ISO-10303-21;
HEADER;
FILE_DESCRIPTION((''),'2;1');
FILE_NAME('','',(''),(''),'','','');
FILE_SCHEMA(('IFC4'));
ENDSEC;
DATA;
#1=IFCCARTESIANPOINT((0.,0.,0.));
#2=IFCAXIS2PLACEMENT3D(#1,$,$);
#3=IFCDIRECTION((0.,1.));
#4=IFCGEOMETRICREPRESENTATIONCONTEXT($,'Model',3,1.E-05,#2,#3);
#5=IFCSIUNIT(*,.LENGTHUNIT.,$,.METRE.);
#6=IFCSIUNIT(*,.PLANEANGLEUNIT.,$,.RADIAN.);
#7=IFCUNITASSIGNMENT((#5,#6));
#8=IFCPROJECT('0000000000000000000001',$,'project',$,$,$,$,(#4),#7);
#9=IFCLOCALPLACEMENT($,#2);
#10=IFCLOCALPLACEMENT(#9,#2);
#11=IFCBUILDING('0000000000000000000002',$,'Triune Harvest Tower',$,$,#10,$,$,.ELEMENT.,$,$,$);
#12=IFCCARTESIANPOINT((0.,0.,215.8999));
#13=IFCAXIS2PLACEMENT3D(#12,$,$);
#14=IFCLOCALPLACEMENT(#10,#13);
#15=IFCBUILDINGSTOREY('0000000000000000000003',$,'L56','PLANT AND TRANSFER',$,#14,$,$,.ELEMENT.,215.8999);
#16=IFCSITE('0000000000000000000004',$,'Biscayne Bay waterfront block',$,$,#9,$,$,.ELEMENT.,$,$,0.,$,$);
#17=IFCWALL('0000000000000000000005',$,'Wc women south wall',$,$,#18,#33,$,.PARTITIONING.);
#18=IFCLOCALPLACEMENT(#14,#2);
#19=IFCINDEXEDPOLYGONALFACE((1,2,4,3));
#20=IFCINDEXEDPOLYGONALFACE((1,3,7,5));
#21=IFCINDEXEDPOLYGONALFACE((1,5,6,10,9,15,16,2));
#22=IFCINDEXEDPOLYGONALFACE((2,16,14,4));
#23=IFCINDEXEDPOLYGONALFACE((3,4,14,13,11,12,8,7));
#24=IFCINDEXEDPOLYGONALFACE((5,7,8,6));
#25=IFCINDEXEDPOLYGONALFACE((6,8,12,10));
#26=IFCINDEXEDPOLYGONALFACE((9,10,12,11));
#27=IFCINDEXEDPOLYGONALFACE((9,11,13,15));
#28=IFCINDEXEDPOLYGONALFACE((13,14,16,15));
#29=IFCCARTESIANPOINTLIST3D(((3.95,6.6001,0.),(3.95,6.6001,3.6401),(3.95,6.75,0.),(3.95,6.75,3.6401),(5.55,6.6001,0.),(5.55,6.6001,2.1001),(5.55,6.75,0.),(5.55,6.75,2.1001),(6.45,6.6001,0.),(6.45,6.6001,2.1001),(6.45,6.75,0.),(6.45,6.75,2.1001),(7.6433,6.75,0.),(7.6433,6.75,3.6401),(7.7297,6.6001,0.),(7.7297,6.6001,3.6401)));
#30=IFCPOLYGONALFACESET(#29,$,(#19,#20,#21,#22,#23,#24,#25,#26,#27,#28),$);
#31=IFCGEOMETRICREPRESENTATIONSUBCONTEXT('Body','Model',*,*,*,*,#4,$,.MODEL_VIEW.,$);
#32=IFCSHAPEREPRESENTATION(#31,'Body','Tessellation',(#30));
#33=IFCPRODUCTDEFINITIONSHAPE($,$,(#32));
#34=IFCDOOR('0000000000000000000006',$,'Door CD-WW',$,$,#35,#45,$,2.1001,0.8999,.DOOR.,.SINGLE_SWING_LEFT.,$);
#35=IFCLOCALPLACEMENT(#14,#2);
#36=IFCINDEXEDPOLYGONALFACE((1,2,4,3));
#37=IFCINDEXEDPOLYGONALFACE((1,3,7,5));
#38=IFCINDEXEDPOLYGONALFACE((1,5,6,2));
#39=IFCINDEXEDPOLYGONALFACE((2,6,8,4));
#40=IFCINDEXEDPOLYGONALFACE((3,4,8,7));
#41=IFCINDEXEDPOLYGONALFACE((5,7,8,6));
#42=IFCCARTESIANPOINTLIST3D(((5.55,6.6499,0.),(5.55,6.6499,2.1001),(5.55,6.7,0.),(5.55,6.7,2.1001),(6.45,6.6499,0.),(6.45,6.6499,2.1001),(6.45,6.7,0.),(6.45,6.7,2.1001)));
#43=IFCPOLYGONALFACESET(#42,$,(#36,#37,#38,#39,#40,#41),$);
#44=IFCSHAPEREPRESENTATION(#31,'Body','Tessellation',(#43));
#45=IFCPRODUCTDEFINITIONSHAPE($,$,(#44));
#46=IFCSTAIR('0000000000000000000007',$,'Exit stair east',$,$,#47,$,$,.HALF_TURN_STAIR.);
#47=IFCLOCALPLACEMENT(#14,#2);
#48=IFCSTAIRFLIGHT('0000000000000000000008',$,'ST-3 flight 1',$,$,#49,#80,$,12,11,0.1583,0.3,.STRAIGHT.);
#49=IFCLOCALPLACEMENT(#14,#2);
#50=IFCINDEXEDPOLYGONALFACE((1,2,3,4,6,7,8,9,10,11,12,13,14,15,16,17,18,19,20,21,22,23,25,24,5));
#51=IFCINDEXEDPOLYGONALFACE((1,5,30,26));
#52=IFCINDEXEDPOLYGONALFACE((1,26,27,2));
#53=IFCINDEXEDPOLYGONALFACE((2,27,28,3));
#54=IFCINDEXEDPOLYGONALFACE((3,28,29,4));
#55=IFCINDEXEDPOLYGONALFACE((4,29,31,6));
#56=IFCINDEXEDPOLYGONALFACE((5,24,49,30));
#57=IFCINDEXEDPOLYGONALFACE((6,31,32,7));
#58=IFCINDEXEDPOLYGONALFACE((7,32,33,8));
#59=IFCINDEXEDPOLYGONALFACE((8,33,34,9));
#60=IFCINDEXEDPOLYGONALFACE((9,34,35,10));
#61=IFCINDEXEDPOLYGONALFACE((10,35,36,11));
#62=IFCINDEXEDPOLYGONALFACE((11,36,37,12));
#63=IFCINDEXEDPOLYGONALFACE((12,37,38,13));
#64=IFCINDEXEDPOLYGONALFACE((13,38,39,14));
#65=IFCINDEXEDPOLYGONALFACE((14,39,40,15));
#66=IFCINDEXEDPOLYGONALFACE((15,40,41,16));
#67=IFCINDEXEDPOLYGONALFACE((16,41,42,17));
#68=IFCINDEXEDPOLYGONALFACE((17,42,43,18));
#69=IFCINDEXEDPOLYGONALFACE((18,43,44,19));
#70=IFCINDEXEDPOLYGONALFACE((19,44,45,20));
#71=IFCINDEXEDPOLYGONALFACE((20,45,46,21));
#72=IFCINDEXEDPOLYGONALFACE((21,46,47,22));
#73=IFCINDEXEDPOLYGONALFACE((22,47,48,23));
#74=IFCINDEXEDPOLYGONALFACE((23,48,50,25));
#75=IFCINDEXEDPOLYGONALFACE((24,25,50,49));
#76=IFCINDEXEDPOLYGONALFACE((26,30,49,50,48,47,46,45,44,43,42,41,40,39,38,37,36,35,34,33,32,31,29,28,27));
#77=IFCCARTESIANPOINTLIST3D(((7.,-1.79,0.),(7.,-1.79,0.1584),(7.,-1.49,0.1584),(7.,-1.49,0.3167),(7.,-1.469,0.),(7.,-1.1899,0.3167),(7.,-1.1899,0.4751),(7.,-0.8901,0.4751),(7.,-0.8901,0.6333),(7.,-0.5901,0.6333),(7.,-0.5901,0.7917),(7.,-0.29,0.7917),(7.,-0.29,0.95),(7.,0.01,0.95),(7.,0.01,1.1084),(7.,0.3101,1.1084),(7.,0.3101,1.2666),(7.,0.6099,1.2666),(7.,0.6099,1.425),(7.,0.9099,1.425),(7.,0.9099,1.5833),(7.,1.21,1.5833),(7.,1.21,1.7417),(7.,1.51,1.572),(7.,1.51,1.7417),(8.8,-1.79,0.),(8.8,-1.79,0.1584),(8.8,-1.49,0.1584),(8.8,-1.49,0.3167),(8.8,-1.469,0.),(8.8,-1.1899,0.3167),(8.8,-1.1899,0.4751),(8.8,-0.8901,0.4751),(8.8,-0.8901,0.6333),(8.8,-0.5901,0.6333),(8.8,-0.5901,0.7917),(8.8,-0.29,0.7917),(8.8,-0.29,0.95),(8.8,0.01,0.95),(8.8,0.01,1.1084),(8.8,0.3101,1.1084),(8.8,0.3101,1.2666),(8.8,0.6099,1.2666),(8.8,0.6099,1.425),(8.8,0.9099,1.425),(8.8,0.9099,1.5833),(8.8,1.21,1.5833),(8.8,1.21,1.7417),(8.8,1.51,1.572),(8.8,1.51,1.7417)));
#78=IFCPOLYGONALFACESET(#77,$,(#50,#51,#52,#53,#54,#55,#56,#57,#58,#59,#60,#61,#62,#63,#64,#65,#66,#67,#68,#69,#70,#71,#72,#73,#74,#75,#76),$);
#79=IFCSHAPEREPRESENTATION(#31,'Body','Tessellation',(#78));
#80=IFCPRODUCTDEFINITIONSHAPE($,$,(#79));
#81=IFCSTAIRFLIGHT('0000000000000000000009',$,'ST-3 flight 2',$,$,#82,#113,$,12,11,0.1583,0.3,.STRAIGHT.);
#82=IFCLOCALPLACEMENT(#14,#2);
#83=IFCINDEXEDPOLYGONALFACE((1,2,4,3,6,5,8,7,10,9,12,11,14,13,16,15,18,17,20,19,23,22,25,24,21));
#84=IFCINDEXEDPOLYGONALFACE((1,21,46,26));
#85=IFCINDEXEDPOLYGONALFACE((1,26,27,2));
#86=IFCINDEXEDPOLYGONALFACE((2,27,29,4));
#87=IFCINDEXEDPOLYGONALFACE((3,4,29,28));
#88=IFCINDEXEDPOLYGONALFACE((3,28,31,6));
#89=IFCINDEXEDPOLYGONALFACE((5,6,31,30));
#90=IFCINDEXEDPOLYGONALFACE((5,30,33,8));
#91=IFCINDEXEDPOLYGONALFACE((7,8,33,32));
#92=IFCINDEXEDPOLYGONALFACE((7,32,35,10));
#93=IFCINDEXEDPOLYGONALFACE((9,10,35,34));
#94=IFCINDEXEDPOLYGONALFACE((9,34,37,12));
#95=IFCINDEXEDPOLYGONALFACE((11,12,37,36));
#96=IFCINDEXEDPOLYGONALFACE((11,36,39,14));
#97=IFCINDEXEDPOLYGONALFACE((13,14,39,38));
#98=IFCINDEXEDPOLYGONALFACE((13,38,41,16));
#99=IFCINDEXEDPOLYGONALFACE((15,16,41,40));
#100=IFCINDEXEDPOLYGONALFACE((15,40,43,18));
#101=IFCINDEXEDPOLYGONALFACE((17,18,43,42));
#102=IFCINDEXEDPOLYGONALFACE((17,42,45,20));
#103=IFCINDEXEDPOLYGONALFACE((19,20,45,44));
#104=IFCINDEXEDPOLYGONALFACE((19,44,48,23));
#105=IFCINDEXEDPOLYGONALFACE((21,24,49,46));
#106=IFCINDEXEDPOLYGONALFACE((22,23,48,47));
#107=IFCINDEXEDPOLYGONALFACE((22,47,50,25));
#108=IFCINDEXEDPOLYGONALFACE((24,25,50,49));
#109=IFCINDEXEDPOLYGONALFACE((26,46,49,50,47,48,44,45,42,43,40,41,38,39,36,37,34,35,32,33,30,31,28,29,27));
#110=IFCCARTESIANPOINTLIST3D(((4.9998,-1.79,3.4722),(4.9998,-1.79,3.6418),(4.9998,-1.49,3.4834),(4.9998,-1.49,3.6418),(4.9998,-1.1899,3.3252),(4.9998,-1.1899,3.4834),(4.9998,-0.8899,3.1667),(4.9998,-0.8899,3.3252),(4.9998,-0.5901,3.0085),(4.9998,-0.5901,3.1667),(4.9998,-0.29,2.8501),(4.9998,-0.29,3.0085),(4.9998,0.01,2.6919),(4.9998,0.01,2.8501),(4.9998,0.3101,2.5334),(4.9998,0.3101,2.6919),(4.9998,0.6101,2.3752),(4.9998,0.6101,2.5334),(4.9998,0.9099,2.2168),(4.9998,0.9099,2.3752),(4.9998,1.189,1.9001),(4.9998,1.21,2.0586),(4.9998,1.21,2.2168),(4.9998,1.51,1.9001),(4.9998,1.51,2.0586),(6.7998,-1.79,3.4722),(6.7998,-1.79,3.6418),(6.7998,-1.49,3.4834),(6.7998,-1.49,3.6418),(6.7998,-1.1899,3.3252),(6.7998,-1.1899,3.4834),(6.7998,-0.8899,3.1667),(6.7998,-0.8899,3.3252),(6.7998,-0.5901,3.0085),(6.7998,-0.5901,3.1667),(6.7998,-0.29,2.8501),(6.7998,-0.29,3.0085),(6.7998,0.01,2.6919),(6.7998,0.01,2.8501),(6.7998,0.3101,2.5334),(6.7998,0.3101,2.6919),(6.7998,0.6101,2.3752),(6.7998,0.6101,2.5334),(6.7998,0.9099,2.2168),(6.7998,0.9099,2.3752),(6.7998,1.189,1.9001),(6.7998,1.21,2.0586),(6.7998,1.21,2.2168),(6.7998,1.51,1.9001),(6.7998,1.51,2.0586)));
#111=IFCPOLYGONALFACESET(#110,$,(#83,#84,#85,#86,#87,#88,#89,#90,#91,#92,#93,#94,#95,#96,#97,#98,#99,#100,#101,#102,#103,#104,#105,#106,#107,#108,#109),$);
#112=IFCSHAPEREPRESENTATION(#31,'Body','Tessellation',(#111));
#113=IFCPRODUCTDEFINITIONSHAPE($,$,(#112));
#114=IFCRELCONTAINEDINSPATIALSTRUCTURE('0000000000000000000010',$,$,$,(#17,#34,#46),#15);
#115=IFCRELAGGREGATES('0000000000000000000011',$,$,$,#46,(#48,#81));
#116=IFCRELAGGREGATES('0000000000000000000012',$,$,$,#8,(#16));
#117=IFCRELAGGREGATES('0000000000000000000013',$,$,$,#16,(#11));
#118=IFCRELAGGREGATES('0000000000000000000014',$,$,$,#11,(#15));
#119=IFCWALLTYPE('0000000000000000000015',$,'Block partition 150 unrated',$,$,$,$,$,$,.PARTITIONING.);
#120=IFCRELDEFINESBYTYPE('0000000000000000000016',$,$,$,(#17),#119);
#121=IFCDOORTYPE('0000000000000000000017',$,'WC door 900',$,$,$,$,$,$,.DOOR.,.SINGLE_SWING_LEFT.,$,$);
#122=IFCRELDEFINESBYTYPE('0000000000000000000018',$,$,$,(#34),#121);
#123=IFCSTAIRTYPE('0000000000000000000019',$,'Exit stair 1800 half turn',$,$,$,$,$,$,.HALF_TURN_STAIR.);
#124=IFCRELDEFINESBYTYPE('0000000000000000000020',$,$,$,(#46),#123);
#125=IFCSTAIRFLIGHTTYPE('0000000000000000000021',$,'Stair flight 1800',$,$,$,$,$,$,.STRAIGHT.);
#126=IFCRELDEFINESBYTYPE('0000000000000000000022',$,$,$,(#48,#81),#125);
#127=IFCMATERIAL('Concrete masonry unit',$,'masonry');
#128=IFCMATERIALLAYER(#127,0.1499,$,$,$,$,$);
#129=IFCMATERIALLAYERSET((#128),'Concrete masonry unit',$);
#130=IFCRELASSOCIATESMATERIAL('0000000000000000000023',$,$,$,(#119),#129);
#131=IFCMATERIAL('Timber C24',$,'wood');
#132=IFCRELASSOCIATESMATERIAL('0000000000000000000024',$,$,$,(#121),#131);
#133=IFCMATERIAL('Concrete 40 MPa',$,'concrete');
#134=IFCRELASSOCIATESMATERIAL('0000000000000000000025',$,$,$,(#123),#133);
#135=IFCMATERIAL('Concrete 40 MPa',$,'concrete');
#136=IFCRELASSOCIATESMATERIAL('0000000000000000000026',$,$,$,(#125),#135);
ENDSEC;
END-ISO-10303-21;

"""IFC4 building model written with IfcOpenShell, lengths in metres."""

from ifc_helpers import new_model, si_unit, direction, frame, frame_2d, origin, place, context, subcontext, project, spatial, polyline, rectangle, outline, extrude, source, transform, mapped, material, layer, layer_set, type_object, element, fill, aggregate, save


model = new_model("IFC4")

# Units and contexts
model_context = context("Model", 3, precision=1e-05, world=origin(), true_north=direction((0.0, 1.0)))
body_context = subcontext(model_context, "Body", "Model", "MODEL_VIEW")
ifc_project = project(units=[si_unit("LENGTHUNIT", "METRE"), si_unit("PLANEANGLEUNIT", "RADIAN")], contexts=[model_context])

# Site, building, storey
site_placement = place(None, origin())
site = spatial("IfcSite", under=ifc_project, at=site_placement, Name="Biscayne Bay waterfront block", CompositionType="ELEMENT", RefElevation=0.0)
building_placement = place(site_placement, origin())
building = spatial("IfcBuilding", under=site, at=building_placement, Name="Triune Harvest Tower", CompositionType="ELEMENT")
storey_placement = place(building_placement, frame((0.0, 0.0, 215.8999)))
storey = spatial("IfcBuildingStorey", under=building, at=storey_placement, Name="L56", Description="PLANT AND TRANSFER", CompositionType="ELEMENT", Elevation=215.8999)

# Wall, opening, door
ifc_material_1 = material(Name="Concrete masonry unit", Category="masonry")
ifc_layer_1 = layer(ifc_material_1, 0.1499)
ifc_layer_set_1 = layer_set([ifc_layer_1], Name="Concrete masonry unit")
wall_type_1 = type_object("IfcWallType", Name="Block partition 150 unrated", PredefinedType="PARTITIONING", material=ifc_layer_set_1)
shared_shape_1 = source(origin(), body_context, "Body", "SweptSolid", [
    extrude(outline(polyline([(0.0, -0.075), (0.0, 0.075), (3.6934, 0.075), (3.7798, -0.075), (0.0, -0.075)])), origin(), (0.0, 0.0, 1.0), 3.6401),
])
wall_1_placement = place(storey_placement, frame((3.95, 6.675, 0.0), z_axis=(0.0, 0.0, 1.0), x_axis=(1.0, 0.0, 0.0)))
wall_1 = element("IfcWall", 1, at=wall_1_placement, inside=storey, type_object=wall_type_1, Name="Wc women south wall", PredefinedType="PARTITIONING", context=body_context, shape_type="MappedRepresentation", body=[
    mapped(shared_shape_1, transform((0.0, 0.0, 0.0), scale=1.0)),
])
opening_1_placement = place(wall_1_placement, frame((1.6001, 0.0, 0.0)))
opening_1 = element("IfcOpeningElement", 2, at=opening_1_placement, cuts=wall_1, PredefinedType="OPENING", context=body_context, shape_type="SweptSolid", body=[
    extrude(rectangle(XDim=0.8999, YDim=2.1001, at=frame_2d((0.45, 1.05))), frame((0.0, 0.085, 0.0), z_axis=(0.0, -1.0, 0.0), x_axis=(1.0, 0.0, 0.0)), (0.0, 0.0, 1.0), 0.1699),
])
ifc_material_2 = material(Name="Timber C24", Category="wood")
door_type_1 = type_object("IfcDoorType", Name="WC door 900", OperationType="SINGLE_SWING_LEFT", PredefinedType="DOOR", material=ifc_material_2)
door_1_placement = place(opening_1_placement, origin())
door_1 = element("IfcDoor", 3, at=door_1_placement, inside=storey, type_object=door_type_1, Name="Door CD-WW", OperationType="SINGLE_SWING_LEFT", OverallHeight=2.1001, OverallWidth=0.8999, PredefinedType="DOOR", context=body_context, shape_type="SweptSolid", body=[
    extrude(rectangle(XDim=0.8999, YDim=2.1001, at=frame_2d((0.45, 1.05))), frame((0.0, 0.0249, 0.0), z_axis=(0.0, -1.0, 0.0), x_axis=(1.0, 0.0, 0.0)), (0.0, 0.0, 1.0), 0.05),
])
fill(opening_1, door_1)

# Stair, stair flights
ifc_material_3 = material(Name="Concrete 40 MPa", Category="concrete")
stair_type = type_object("IfcStairType", Name="Exit stair 1800 half turn", PredefinedType="HALF_TURN_STAIR", material=ifc_material_3)
stair_placement = place(storey_placement, origin())
stair = element("IfcStair", 4, at=stair_placement, inside=storey, type_object=stair_type, Name="Exit stair east", PredefinedType="HALF_TURN_STAIR")
ifc_material_4 = material(Name="Concrete 40 MPa", Category="concrete")
stair_flight_type = type_object("IfcStairFlightType", Name="Stair flight 1800", PredefinedType="STRAIGHT", material=ifc_material_4)
shared_shape_2 = source(origin(), body_context, "Body", "SweptSolid", [
    extrude(outline(polyline([(0.0, 0.0), (0.0, 0.1584), (0.3, 0.1584), (0.3, 0.3167), (0.6001, 0.3167), (0.6001, 0.4751), (0.8999, 0.4751), (0.8999, 0.6333), (1.2, 0.6333), (1.2, 0.7917), (1.5, 0.7917), (1.5, 0.95), (1.8, 0.95), (1.8, 1.1084), (2.1001, 1.1084), (2.1001, 1.2666), (2.3999, 1.2666), (2.3999, 1.425), (2.7, 1.425), (2.7, 1.5833), (3.0, 1.5833), (3.0, 1.7417), (3.3, 1.7417), (3.3, 1.8999), (3.3, 1.572), (0.321, 0.0), (0.0, 0.0)])), frame((0.0, 0.8999, 0.0), z_axis=(0.0, -1.0, 0.0), x_axis=(1.0, 0.0, 0.0)), (0.0, 0.0, 1.0), 1.8),
])
stair_flight_1_placement = place(storey_placement, frame((7.8999, -1.79, 0.0), z_axis=(0.0, 0.0, 1.0), x_axis=(0.0, 1.0, 0.0)))
stair_flight_1 = element("IfcStairFlight", 5, at=stair_flight_1_placement, type_object=stair_flight_type, Name="ST-3 flight 1", NumberOfRisers=12, NumberOfTreads=11, PredefinedType="STRAIGHT", RiserHeight=0.1583, TreadLength=0.3, context=body_context, shape_type="MappedRepresentation", body=[
    mapped(shared_shape_2, transform((0.0, 0.0, 0.0), scale=1.0)),
])
stair_flight_2_placement = place(storey_placement, frame((5.8999, 1.51, 1.9001), z_axis=(0.0, 0.0, 1.0), x_axis=(0.0, -1.0, 0.0)))
stair_flight_2 = element("IfcStairFlight", 6, at=stair_flight_2_placement, type_object=stair_flight_type, Name="ST-3 flight 2", NumberOfRisers=12, NumberOfTreads=11, PredefinedType="STRAIGHT", RiserHeight=0.1583, TreadLength=0.3, context=body_context, shape_type="MappedRepresentation", body=[
    mapped(shared_shape_2, transform((0.0, 0.0, 0.0), scale=1.0)),
])
aggregate(stair, [stair_flight_1, stair_flight_2])

save(model, "model.ifc")
